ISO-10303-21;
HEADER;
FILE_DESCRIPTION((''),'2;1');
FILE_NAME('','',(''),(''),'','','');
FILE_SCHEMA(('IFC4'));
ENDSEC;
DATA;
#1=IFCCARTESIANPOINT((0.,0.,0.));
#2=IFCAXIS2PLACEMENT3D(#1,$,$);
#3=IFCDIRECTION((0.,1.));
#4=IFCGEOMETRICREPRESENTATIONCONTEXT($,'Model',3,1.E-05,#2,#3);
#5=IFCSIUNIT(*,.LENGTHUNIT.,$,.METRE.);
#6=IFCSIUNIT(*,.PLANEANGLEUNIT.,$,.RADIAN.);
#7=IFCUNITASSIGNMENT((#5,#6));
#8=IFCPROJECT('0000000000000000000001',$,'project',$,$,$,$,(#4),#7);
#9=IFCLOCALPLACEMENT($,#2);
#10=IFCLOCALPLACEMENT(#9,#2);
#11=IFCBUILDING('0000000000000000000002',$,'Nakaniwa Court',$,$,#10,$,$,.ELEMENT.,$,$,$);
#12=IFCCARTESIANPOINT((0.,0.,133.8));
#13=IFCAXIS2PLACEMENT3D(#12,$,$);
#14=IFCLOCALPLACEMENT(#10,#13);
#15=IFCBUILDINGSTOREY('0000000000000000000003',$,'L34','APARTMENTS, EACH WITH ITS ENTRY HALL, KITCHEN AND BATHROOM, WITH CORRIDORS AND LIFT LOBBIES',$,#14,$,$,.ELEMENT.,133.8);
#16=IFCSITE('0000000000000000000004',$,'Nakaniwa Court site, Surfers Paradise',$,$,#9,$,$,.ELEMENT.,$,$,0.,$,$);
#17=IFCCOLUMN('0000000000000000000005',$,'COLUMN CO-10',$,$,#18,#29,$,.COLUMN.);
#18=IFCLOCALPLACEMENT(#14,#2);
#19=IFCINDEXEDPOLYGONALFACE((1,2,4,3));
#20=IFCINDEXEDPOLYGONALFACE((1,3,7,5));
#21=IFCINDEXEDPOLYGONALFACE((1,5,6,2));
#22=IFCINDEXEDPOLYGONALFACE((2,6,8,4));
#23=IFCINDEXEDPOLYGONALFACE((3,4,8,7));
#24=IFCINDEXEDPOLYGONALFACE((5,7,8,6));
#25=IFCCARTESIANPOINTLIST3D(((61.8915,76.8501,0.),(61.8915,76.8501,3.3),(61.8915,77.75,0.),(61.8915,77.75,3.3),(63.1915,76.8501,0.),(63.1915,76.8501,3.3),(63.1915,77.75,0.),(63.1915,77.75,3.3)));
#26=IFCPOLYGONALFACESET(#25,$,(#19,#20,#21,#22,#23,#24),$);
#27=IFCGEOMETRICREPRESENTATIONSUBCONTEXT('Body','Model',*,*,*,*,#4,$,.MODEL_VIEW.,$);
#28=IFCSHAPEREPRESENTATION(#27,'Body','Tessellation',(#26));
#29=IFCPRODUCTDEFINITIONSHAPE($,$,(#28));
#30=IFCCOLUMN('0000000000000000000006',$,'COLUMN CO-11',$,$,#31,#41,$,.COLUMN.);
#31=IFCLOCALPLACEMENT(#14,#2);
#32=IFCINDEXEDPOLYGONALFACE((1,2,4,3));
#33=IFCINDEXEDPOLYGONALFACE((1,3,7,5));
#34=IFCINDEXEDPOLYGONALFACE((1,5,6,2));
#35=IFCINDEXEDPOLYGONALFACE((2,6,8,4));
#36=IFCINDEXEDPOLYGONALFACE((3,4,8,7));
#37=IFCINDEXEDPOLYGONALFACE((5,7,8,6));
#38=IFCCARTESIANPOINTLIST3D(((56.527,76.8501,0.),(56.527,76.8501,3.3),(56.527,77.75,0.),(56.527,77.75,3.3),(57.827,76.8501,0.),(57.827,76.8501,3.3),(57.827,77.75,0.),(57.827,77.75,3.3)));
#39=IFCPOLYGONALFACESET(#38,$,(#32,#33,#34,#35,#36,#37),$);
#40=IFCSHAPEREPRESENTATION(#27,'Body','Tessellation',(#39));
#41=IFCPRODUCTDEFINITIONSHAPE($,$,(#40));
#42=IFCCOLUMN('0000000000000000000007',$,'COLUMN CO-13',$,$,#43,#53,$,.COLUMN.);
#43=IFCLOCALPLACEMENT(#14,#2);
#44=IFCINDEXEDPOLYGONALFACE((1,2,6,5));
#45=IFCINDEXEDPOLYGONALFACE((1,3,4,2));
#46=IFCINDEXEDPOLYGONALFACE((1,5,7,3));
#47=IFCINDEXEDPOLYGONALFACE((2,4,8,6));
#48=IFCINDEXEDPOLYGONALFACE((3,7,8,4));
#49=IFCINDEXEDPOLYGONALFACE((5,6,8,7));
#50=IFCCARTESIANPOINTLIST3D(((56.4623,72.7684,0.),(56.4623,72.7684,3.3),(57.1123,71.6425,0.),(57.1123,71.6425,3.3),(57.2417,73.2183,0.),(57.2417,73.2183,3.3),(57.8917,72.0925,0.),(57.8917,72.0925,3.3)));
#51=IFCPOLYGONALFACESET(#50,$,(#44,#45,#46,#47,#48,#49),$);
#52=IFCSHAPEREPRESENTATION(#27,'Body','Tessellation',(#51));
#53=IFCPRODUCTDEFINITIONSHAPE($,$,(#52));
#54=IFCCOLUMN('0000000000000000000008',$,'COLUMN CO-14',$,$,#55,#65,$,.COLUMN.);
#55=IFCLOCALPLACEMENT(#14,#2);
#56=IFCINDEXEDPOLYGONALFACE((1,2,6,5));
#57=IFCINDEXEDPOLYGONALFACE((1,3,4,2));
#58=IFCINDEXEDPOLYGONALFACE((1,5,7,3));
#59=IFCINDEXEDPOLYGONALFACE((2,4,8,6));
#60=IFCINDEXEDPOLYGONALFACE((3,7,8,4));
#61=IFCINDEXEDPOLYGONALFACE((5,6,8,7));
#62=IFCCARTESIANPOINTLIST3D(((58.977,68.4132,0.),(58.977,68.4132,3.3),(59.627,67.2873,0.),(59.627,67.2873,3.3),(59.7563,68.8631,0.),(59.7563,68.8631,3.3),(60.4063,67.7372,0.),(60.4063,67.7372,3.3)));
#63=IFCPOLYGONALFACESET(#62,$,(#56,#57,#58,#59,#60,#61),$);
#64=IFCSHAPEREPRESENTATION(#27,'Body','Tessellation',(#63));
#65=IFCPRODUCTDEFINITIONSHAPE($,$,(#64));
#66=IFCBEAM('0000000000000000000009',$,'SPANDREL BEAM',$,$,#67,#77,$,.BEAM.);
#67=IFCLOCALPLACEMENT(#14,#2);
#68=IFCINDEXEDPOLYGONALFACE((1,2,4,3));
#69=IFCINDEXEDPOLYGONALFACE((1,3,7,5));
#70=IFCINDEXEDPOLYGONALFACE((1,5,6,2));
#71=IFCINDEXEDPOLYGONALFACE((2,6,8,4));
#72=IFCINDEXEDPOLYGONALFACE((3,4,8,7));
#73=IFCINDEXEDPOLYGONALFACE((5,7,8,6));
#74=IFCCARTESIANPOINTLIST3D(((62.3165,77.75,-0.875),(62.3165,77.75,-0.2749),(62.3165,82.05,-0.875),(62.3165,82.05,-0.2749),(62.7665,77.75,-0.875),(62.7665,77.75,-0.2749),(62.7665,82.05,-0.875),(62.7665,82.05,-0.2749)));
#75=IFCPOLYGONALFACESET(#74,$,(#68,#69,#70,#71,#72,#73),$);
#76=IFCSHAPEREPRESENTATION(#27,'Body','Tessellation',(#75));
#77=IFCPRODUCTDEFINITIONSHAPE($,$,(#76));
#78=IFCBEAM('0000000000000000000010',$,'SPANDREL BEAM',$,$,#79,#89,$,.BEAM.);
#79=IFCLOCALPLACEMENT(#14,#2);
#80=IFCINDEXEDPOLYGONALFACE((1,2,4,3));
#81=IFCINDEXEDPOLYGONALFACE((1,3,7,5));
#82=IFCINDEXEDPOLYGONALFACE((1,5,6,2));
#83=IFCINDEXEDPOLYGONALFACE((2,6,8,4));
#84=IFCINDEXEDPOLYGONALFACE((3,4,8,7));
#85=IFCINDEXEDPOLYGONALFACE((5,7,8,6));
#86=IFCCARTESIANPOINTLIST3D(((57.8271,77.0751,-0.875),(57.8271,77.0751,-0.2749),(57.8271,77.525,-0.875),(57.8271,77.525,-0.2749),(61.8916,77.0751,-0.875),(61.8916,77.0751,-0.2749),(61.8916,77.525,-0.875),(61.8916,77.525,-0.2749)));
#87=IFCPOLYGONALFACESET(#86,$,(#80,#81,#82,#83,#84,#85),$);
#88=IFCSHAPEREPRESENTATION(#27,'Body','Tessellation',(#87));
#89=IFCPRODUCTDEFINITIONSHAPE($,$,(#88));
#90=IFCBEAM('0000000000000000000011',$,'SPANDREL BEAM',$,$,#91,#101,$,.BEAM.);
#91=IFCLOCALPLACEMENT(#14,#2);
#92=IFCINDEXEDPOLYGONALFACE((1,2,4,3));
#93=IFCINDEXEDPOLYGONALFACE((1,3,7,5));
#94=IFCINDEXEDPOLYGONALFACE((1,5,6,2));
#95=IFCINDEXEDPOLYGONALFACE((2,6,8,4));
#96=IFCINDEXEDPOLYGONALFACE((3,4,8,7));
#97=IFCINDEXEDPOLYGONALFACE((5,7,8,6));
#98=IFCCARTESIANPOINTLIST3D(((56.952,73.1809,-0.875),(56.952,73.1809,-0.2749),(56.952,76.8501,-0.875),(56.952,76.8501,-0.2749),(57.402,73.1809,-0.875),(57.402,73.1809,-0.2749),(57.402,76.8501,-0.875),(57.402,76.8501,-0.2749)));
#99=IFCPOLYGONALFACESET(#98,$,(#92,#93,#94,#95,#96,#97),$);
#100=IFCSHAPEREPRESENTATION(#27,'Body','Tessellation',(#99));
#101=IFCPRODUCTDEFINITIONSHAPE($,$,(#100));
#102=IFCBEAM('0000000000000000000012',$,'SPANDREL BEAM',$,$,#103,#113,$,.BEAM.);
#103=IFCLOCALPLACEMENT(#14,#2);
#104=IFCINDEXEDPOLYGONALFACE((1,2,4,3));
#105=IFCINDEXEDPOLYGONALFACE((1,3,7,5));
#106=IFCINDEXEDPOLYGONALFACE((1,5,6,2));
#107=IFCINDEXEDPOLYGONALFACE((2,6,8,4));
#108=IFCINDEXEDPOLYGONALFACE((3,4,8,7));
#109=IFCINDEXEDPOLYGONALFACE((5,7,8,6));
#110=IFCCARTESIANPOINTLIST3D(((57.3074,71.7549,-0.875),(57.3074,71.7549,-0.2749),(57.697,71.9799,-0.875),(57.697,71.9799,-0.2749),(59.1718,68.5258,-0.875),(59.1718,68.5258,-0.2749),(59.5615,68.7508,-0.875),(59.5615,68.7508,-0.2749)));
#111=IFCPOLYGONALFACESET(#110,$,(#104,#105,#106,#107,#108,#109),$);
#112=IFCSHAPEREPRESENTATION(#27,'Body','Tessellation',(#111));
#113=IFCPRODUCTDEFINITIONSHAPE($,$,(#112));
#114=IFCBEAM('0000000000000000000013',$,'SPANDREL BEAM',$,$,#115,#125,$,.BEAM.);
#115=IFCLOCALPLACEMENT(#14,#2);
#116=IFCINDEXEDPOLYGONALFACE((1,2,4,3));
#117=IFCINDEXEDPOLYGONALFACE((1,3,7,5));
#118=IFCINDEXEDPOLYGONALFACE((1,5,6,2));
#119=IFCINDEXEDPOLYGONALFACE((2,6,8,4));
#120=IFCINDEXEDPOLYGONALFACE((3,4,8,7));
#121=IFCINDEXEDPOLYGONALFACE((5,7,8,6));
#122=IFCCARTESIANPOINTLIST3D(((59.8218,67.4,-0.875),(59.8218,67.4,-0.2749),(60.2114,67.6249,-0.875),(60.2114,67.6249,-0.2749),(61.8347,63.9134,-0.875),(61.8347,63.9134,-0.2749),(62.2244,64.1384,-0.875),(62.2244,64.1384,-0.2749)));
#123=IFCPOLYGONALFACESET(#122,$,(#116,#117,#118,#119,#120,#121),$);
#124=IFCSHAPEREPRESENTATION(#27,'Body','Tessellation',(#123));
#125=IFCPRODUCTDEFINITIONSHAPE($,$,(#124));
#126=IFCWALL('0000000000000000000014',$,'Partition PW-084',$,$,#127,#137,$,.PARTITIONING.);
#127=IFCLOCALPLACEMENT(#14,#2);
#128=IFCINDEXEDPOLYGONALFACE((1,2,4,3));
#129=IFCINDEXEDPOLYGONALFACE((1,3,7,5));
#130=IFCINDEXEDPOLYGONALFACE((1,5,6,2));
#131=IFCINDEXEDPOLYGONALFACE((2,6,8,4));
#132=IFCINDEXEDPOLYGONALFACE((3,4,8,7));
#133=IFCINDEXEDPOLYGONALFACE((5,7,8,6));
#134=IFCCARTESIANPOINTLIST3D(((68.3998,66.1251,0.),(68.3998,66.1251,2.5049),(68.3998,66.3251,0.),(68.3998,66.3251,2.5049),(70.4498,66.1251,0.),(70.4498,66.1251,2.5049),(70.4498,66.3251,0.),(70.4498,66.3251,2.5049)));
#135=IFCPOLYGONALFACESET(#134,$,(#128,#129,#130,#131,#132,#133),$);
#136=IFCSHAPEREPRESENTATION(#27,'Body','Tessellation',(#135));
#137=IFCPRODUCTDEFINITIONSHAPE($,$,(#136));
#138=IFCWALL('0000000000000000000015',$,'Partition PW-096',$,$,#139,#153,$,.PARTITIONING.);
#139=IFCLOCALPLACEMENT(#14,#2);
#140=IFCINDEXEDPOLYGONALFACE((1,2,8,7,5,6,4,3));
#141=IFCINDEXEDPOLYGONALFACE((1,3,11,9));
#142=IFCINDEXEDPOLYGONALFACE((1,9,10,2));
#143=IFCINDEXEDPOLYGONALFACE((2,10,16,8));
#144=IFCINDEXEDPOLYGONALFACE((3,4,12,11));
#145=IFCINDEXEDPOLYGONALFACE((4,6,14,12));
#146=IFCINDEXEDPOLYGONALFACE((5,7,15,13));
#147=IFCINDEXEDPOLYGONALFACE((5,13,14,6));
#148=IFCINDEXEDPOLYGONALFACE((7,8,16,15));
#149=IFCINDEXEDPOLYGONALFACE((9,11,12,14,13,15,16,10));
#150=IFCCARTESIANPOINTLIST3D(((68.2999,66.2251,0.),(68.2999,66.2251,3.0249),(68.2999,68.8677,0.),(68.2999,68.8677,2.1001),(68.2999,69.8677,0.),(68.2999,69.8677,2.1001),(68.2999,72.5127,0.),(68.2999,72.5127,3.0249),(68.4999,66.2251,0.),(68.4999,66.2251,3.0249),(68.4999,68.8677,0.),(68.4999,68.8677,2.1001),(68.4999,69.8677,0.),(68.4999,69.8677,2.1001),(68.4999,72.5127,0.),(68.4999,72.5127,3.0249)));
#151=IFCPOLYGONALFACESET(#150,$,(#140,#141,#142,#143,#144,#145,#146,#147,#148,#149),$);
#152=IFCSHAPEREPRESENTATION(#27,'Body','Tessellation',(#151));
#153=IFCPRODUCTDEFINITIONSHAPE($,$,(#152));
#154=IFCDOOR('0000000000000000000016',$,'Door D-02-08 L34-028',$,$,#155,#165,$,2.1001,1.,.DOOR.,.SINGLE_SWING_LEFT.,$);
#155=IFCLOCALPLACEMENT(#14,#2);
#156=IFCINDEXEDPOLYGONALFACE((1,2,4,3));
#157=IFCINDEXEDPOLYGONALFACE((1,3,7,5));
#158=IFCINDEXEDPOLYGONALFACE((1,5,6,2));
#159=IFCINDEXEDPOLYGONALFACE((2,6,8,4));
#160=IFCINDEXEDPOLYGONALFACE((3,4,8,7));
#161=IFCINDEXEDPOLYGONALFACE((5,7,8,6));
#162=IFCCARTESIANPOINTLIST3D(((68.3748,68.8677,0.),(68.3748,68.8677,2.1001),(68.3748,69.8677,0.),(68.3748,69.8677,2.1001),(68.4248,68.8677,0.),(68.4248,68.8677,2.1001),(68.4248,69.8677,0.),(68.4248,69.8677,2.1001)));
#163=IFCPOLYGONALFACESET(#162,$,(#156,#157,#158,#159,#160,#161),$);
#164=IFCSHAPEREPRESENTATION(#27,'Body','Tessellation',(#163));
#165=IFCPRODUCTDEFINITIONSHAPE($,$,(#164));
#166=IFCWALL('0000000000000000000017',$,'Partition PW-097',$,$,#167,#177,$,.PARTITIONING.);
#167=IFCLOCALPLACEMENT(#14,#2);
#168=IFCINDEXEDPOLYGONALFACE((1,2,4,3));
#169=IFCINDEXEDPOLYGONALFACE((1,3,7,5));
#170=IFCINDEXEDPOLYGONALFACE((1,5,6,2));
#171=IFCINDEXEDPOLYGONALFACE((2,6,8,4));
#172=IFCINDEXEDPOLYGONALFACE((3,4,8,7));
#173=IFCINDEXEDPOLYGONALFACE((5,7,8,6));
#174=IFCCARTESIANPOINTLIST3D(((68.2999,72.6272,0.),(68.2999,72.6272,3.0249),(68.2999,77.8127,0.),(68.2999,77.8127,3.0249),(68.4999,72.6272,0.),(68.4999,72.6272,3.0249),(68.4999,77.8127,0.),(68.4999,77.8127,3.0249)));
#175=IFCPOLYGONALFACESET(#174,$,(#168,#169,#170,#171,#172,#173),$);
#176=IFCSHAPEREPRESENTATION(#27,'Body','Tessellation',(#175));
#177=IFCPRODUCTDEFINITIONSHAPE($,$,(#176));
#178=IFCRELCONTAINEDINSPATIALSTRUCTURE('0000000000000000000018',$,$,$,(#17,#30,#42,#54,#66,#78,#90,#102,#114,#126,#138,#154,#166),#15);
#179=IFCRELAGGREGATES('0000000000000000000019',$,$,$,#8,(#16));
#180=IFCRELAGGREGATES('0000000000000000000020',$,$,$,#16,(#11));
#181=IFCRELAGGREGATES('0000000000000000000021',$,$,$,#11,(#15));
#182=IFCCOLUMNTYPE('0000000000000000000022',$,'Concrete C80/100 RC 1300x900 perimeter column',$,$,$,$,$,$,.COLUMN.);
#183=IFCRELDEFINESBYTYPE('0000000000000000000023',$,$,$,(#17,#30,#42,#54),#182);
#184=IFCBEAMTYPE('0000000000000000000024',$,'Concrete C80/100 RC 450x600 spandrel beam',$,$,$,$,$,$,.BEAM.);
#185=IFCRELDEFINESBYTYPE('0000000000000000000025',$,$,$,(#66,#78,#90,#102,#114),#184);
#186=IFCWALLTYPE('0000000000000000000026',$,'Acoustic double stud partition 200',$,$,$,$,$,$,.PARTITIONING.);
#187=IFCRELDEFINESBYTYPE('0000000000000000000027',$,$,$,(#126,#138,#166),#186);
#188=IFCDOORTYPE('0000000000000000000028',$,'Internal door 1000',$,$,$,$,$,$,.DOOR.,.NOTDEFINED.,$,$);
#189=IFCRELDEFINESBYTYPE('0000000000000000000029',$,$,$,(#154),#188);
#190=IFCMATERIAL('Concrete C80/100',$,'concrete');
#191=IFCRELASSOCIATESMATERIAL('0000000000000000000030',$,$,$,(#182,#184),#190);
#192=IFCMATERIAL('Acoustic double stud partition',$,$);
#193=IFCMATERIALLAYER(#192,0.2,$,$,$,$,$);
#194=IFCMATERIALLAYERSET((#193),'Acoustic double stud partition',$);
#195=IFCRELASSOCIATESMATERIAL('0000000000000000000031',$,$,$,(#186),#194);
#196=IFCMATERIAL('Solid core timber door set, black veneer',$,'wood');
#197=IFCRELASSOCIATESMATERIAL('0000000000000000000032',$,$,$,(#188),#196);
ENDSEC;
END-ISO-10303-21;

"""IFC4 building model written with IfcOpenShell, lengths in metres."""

from ifc_helpers import new_model, si_unit, direction, frame, frame_2d, origin, origin_2d, place, context, subcontext, project, spatial, rectangle, extrude, material, layer, layer_set, material_profile, profile_set, type_object, element, fill, save


model = new_model("IFC4")

# Units and contexts
model_context = context("Model", 3, precision=1e-05, world=origin(), true_north=direction((0.0, 1.0)))
body_context = subcontext(model_context, "Body", "Model", "MODEL_VIEW")
ifc_project = project(units=[si_unit("LENGTHUNIT", "METRE"), si_unit("PLANEANGLEUNIT", "RADIAN")], contexts=[model_context])

# Site, building, storey
site_placement = place(None, origin())
site = spatial("IfcSite", under=ifc_project, at=site_placement, Name="Nakaniwa Court site, Surfers Paradise", CompositionType="ELEMENT", RefElevation=0.0)
building_placement = place(site_placement, origin())
building = spatial("IfcBuilding", under=site, at=building_placement, Name="Nakaniwa Court", CompositionType="ELEMENT")
storey_placement = place(building_placement, frame((0.0, 0.0, 133.8)))
storey = spatial("IfcBuildingStorey", under=building, at=storey_placement, Name="L34", Description="APARTMENTS, EACH WITH ITS ENTRY HALL, KITCHEN AND BATHROOM, WITH CORRIDORS AND LIFT LOBBIES", CompositionType="ELEMENT", Elevation=133.8)

# Columns
ifc_material_1 = material(Name="Concrete C80/100", Category="concrete")
ifc_material_profile_1 = material_profile(ifc_material_1, rectangle(XDim=1.3, YDim=0.8999, at=origin_2d()), Name="Concrete C80/100 RC 1300x900 perimeter column")
ifc_profile_set_1 = profile_set([ifc_material_profile_1], Name="Concrete C80/100")
column_type = type_object("IfcColumnType", Name="Concrete C80/100 RC 1300x900 perimeter column", PredefinedType="COLUMN", material=ifc_profile_set_1)
for number, where, z_axis, x_axis, name in (
    (1, (62.5415, 77.3, 0.0), (0.0, 0.0, 1.0), (-1.0, 0.0, 0.0), "COLUMN CO-10"),
    (2, (57.177, 77.3, 0.0), (0.0, 0.0, 1.0), (-1.0, 0.0, 0.0), "COLUMN CO-11"),
    (3, (57.177, 72.4304, 0.0), (0.0, 0.0, 1.0), (0.5, -0.866025, 0.0), "COLUMN CO-13"),
    (4, (59.6917, 68.0752, 0.0), (0.0, 0.0, 1.0), (0.5, -0.866025, 0.0), "COLUMN CO-14"),
):
    element("IfcColumn", number, at=place(storey_placement, frame(where, z_axis=z_axis, x_axis=x_axis)), inside=storey, type_object=column_type, Name=name, PredefinedType="COLUMN", context=body_context, shape_type="SweptSolid", body=[
        extrude(rectangle(XDim=1.3, YDim=0.8999, at=origin_2d()), origin(), (0.0, 0.0, 1.0), 3.3),
    ])

# Beams
ifc_material_profile_2 = material_profile(ifc_material_1, rectangle(XDim=0.45, YDim=0.6001, at=origin_2d()), Name="Concrete C80/100 RC 450x600 spandrel beam")
ifc_profile_set_2 = profile_set([ifc_material_profile_2], Name="Concrete C80/100")
beam_type = type_object("IfcBeamType", Name="Concrete C80/100 RC 450x600 spandrel beam", PredefinedType="BEAM", material=ifc_profile_set_2)
beam_1_placement = place(storey_placement, frame((62.5415, 82.05, -0.575), z_axis=(0.0, -1.0, 0.0), x_axis=(1.0, 0.0, 0.0)))
element("IfcBeam", 5, at=beam_1_placement, inside=storey, type_object=beam_type, Name="SPANDREL BEAM", PredefinedType="BEAM", context=body_context, shape_type="SweptSolid", body=[
    extrude(rectangle(XDim=0.45, YDim=0.6001, at=origin_2d()), origin(), (0.0, 0.0, 1.0), 4.3),
])
beam_2_placement = place(storey_placement, frame((61.8916, 77.3, -0.575), z_axis=(-1.0, 0.0, 0.0), x_axis=(0.0, -1.0, 0.0)))
element("IfcBeam", 6, at=beam_2_placement, inside=storey, type_object=beam_type, Name="SPANDREL BEAM", PredefinedType="BEAM", context=body_context, shape_type="SweptSolid", body=[
    extrude(rectangle(XDim=0.45, YDim=0.6001, at=origin_2d()), origin(), (0.0, 0.0, 1.0), 4.0645),
])
beam_3_placement = place(storey_placement, frame((57.177, 76.8501, -0.575), z_axis=(0.0, -1.0, 0.0), x_axis=(1.0, 0.0, 0.0)))
element("IfcBeam", 7, at=beam_3_placement, inside=storey, type_object=beam_type, Name="SPANDREL BEAM", PredefinedType="BEAM", context=body_context, shape_type="SweptSolid", body=[
    extrude(rectangle(XDim=0.45, YDim=0.6001, at=origin_2d()), origin(), (0.0, 0.0, 1.0), 3.6692),
])
beam_4_placement = place(storey_placement, frame((57.5022, 71.8674, -0.575), z_axis=(0.500019, -0.866014, 0.0), x_axis=(0.866014, 0.500019, 0.0)))
element("IfcBeam", 8, at=beam_4_placement, inside=storey, type_object=beam_type, Name="SPANDREL BEAM", PredefinedType="BEAM", context=body_context, shape_type="SweptSolid", body=[
    extrude(rectangle(XDim=0.45, YDim=0.6001, at=origin_2d()), origin(), (0.0, 0.0, 1.0), 3.7288),
])
beam_5_placement = place(storey_placement, frame((60.0166, 67.5125, -0.575), z_axis=(0.499994, -0.866029, 0.0), x_axis=(0.866029, 0.499994, 0.0)))
element("IfcBeam", 9, at=beam_5_placement, inside=storey, type_object=beam_type, Name="SPANDREL BEAM", PredefinedType="BEAM", context=body_context, shape_type="SweptSolid", body=[
    extrude(rectangle(XDim=0.45, YDim=0.6001, at=origin_2d()), origin(), (0.0, 0.0, 1.0), 4.0259),
])

# Wall
ifc_material_2 = material(Name="Acoustic double stud partition")
ifc_layer_1 = layer(ifc_material_2, 0.2)
ifc_layer_set_1 = layer_set([ifc_layer_1], Name="Acoustic double stud partition")
wall_type_1 = type_object("IfcWallType", Name="Acoustic double stud partition 200", PredefinedType="PARTITIONING", material=ifc_layer_set_1)
wall_1_placement = place(storey_placement, frame((68.3999, 66.2251, 0.0), z_axis=(0.0, 0.0, 1.0), x_axis=(1.0, 0.0, 0.0)))
element("IfcWall", 10, at=wall_1_placement, inside=storey, type_object=wall_type_1, Name="Partition PW-084", PredefinedType="PARTITIONING", context=body_context, shape_type="SweptSolid", body=[
    extrude(rectangle(XDim=2.05, YDim=0.2, at=frame_2d((1.0249, 0.0))), origin(), (0.0, 0.0, 1.0), 2.5049),
])

# Wall, opening, door
wall_2_placement = place(storey_placement, frame((68.3999, 72.5127, 0.0), z_axis=(0.0, 0.0, 1.0), x_axis=(0.0, -1.0, 0.0)))
wall_2 = element("IfcWall", 11, at=wall_2_placement, inside=storey, type_object=wall_type_1, Name="Partition PW-096", PredefinedType="PARTITIONING", context=body_context, shape_type="SweptSolid", body=[
    extrude(rectangle(XDim=6.2876, YDim=0.2, at=frame_2d((3.1438, 0.0))), origin(), (0.0, 0.0, 1.0), 3.0249),
])
opening_1_placement = place(wall_2_placement, frame((2.645, 0.0, 0.0)))
opening_1 = element("IfcOpeningElement", 12, at=opening_1_placement, cuts=wall_2, PredefinedType="OPENING", context=body_context, shape_type="SweptSolid", body=[
    extrude(rectangle(XDim=1.0, YDim=2.1001, at=frame_2d((0.5, 1.05))), frame((0.0, 0.1099, 0.0), z_axis=(0.0, -1.0, 0.0), x_axis=(1.0, 0.0, 0.0)), (0.0, 0.0, 1.0), 0.22),
])
ifc_material_3 = material(Name="Solid core timber door set, black veneer", Category="wood")
door_type_1 = type_object("IfcDoorType", Name="Internal door 1000", OperationType="NOTDEFINED", PredefinedType="DOOR", material=ifc_material_3)
door_1_placement = place(opening_1_placement, origin())
door_1 = element("IfcDoor", 13, at=door_1_placement, inside=storey, type_object=door_type_1, Name="Door D-02-08 L34-028", OperationType="SINGLE_SWING_LEFT", OverallHeight=2.1001, OverallWidth=1.0, PredefinedType="DOOR", context=body_context, shape_type="SweptSolid", body=[
    extrude(rectangle(XDim=1.0, YDim=2.1001, at=frame_2d((0.5, 1.05))), frame((0.0, 0.0249, 0.0), z_axis=(0.0, -1.0, 0.0), x_axis=(1.0, 0.0, 0.0)), (0.0, 0.0, 1.0), 0.05),
])
fill(opening_1, door_1)

# Wall
wall_3_placement = place(storey_placement, frame((68.3999, 72.6272, 0.0), z_axis=(0.0, 0.0, 1.0), x_axis=(0.0, 1.0, 0.0)))
element("IfcWall", 14, at=wall_3_placement, inside=storey, type_object=wall_type_1, Name="Partition PW-097", PredefinedType="PARTITIONING", context=body_context, shape_type="SweptSolid", body=[
    extrude(rectangle(XDim=5.1855, YDim=0.2, at=frame_2d((2.5928, 0.0))), origin(), (0.0, 0.0, 1.0), 3.0249),
])

save(model, "model.ifc")
